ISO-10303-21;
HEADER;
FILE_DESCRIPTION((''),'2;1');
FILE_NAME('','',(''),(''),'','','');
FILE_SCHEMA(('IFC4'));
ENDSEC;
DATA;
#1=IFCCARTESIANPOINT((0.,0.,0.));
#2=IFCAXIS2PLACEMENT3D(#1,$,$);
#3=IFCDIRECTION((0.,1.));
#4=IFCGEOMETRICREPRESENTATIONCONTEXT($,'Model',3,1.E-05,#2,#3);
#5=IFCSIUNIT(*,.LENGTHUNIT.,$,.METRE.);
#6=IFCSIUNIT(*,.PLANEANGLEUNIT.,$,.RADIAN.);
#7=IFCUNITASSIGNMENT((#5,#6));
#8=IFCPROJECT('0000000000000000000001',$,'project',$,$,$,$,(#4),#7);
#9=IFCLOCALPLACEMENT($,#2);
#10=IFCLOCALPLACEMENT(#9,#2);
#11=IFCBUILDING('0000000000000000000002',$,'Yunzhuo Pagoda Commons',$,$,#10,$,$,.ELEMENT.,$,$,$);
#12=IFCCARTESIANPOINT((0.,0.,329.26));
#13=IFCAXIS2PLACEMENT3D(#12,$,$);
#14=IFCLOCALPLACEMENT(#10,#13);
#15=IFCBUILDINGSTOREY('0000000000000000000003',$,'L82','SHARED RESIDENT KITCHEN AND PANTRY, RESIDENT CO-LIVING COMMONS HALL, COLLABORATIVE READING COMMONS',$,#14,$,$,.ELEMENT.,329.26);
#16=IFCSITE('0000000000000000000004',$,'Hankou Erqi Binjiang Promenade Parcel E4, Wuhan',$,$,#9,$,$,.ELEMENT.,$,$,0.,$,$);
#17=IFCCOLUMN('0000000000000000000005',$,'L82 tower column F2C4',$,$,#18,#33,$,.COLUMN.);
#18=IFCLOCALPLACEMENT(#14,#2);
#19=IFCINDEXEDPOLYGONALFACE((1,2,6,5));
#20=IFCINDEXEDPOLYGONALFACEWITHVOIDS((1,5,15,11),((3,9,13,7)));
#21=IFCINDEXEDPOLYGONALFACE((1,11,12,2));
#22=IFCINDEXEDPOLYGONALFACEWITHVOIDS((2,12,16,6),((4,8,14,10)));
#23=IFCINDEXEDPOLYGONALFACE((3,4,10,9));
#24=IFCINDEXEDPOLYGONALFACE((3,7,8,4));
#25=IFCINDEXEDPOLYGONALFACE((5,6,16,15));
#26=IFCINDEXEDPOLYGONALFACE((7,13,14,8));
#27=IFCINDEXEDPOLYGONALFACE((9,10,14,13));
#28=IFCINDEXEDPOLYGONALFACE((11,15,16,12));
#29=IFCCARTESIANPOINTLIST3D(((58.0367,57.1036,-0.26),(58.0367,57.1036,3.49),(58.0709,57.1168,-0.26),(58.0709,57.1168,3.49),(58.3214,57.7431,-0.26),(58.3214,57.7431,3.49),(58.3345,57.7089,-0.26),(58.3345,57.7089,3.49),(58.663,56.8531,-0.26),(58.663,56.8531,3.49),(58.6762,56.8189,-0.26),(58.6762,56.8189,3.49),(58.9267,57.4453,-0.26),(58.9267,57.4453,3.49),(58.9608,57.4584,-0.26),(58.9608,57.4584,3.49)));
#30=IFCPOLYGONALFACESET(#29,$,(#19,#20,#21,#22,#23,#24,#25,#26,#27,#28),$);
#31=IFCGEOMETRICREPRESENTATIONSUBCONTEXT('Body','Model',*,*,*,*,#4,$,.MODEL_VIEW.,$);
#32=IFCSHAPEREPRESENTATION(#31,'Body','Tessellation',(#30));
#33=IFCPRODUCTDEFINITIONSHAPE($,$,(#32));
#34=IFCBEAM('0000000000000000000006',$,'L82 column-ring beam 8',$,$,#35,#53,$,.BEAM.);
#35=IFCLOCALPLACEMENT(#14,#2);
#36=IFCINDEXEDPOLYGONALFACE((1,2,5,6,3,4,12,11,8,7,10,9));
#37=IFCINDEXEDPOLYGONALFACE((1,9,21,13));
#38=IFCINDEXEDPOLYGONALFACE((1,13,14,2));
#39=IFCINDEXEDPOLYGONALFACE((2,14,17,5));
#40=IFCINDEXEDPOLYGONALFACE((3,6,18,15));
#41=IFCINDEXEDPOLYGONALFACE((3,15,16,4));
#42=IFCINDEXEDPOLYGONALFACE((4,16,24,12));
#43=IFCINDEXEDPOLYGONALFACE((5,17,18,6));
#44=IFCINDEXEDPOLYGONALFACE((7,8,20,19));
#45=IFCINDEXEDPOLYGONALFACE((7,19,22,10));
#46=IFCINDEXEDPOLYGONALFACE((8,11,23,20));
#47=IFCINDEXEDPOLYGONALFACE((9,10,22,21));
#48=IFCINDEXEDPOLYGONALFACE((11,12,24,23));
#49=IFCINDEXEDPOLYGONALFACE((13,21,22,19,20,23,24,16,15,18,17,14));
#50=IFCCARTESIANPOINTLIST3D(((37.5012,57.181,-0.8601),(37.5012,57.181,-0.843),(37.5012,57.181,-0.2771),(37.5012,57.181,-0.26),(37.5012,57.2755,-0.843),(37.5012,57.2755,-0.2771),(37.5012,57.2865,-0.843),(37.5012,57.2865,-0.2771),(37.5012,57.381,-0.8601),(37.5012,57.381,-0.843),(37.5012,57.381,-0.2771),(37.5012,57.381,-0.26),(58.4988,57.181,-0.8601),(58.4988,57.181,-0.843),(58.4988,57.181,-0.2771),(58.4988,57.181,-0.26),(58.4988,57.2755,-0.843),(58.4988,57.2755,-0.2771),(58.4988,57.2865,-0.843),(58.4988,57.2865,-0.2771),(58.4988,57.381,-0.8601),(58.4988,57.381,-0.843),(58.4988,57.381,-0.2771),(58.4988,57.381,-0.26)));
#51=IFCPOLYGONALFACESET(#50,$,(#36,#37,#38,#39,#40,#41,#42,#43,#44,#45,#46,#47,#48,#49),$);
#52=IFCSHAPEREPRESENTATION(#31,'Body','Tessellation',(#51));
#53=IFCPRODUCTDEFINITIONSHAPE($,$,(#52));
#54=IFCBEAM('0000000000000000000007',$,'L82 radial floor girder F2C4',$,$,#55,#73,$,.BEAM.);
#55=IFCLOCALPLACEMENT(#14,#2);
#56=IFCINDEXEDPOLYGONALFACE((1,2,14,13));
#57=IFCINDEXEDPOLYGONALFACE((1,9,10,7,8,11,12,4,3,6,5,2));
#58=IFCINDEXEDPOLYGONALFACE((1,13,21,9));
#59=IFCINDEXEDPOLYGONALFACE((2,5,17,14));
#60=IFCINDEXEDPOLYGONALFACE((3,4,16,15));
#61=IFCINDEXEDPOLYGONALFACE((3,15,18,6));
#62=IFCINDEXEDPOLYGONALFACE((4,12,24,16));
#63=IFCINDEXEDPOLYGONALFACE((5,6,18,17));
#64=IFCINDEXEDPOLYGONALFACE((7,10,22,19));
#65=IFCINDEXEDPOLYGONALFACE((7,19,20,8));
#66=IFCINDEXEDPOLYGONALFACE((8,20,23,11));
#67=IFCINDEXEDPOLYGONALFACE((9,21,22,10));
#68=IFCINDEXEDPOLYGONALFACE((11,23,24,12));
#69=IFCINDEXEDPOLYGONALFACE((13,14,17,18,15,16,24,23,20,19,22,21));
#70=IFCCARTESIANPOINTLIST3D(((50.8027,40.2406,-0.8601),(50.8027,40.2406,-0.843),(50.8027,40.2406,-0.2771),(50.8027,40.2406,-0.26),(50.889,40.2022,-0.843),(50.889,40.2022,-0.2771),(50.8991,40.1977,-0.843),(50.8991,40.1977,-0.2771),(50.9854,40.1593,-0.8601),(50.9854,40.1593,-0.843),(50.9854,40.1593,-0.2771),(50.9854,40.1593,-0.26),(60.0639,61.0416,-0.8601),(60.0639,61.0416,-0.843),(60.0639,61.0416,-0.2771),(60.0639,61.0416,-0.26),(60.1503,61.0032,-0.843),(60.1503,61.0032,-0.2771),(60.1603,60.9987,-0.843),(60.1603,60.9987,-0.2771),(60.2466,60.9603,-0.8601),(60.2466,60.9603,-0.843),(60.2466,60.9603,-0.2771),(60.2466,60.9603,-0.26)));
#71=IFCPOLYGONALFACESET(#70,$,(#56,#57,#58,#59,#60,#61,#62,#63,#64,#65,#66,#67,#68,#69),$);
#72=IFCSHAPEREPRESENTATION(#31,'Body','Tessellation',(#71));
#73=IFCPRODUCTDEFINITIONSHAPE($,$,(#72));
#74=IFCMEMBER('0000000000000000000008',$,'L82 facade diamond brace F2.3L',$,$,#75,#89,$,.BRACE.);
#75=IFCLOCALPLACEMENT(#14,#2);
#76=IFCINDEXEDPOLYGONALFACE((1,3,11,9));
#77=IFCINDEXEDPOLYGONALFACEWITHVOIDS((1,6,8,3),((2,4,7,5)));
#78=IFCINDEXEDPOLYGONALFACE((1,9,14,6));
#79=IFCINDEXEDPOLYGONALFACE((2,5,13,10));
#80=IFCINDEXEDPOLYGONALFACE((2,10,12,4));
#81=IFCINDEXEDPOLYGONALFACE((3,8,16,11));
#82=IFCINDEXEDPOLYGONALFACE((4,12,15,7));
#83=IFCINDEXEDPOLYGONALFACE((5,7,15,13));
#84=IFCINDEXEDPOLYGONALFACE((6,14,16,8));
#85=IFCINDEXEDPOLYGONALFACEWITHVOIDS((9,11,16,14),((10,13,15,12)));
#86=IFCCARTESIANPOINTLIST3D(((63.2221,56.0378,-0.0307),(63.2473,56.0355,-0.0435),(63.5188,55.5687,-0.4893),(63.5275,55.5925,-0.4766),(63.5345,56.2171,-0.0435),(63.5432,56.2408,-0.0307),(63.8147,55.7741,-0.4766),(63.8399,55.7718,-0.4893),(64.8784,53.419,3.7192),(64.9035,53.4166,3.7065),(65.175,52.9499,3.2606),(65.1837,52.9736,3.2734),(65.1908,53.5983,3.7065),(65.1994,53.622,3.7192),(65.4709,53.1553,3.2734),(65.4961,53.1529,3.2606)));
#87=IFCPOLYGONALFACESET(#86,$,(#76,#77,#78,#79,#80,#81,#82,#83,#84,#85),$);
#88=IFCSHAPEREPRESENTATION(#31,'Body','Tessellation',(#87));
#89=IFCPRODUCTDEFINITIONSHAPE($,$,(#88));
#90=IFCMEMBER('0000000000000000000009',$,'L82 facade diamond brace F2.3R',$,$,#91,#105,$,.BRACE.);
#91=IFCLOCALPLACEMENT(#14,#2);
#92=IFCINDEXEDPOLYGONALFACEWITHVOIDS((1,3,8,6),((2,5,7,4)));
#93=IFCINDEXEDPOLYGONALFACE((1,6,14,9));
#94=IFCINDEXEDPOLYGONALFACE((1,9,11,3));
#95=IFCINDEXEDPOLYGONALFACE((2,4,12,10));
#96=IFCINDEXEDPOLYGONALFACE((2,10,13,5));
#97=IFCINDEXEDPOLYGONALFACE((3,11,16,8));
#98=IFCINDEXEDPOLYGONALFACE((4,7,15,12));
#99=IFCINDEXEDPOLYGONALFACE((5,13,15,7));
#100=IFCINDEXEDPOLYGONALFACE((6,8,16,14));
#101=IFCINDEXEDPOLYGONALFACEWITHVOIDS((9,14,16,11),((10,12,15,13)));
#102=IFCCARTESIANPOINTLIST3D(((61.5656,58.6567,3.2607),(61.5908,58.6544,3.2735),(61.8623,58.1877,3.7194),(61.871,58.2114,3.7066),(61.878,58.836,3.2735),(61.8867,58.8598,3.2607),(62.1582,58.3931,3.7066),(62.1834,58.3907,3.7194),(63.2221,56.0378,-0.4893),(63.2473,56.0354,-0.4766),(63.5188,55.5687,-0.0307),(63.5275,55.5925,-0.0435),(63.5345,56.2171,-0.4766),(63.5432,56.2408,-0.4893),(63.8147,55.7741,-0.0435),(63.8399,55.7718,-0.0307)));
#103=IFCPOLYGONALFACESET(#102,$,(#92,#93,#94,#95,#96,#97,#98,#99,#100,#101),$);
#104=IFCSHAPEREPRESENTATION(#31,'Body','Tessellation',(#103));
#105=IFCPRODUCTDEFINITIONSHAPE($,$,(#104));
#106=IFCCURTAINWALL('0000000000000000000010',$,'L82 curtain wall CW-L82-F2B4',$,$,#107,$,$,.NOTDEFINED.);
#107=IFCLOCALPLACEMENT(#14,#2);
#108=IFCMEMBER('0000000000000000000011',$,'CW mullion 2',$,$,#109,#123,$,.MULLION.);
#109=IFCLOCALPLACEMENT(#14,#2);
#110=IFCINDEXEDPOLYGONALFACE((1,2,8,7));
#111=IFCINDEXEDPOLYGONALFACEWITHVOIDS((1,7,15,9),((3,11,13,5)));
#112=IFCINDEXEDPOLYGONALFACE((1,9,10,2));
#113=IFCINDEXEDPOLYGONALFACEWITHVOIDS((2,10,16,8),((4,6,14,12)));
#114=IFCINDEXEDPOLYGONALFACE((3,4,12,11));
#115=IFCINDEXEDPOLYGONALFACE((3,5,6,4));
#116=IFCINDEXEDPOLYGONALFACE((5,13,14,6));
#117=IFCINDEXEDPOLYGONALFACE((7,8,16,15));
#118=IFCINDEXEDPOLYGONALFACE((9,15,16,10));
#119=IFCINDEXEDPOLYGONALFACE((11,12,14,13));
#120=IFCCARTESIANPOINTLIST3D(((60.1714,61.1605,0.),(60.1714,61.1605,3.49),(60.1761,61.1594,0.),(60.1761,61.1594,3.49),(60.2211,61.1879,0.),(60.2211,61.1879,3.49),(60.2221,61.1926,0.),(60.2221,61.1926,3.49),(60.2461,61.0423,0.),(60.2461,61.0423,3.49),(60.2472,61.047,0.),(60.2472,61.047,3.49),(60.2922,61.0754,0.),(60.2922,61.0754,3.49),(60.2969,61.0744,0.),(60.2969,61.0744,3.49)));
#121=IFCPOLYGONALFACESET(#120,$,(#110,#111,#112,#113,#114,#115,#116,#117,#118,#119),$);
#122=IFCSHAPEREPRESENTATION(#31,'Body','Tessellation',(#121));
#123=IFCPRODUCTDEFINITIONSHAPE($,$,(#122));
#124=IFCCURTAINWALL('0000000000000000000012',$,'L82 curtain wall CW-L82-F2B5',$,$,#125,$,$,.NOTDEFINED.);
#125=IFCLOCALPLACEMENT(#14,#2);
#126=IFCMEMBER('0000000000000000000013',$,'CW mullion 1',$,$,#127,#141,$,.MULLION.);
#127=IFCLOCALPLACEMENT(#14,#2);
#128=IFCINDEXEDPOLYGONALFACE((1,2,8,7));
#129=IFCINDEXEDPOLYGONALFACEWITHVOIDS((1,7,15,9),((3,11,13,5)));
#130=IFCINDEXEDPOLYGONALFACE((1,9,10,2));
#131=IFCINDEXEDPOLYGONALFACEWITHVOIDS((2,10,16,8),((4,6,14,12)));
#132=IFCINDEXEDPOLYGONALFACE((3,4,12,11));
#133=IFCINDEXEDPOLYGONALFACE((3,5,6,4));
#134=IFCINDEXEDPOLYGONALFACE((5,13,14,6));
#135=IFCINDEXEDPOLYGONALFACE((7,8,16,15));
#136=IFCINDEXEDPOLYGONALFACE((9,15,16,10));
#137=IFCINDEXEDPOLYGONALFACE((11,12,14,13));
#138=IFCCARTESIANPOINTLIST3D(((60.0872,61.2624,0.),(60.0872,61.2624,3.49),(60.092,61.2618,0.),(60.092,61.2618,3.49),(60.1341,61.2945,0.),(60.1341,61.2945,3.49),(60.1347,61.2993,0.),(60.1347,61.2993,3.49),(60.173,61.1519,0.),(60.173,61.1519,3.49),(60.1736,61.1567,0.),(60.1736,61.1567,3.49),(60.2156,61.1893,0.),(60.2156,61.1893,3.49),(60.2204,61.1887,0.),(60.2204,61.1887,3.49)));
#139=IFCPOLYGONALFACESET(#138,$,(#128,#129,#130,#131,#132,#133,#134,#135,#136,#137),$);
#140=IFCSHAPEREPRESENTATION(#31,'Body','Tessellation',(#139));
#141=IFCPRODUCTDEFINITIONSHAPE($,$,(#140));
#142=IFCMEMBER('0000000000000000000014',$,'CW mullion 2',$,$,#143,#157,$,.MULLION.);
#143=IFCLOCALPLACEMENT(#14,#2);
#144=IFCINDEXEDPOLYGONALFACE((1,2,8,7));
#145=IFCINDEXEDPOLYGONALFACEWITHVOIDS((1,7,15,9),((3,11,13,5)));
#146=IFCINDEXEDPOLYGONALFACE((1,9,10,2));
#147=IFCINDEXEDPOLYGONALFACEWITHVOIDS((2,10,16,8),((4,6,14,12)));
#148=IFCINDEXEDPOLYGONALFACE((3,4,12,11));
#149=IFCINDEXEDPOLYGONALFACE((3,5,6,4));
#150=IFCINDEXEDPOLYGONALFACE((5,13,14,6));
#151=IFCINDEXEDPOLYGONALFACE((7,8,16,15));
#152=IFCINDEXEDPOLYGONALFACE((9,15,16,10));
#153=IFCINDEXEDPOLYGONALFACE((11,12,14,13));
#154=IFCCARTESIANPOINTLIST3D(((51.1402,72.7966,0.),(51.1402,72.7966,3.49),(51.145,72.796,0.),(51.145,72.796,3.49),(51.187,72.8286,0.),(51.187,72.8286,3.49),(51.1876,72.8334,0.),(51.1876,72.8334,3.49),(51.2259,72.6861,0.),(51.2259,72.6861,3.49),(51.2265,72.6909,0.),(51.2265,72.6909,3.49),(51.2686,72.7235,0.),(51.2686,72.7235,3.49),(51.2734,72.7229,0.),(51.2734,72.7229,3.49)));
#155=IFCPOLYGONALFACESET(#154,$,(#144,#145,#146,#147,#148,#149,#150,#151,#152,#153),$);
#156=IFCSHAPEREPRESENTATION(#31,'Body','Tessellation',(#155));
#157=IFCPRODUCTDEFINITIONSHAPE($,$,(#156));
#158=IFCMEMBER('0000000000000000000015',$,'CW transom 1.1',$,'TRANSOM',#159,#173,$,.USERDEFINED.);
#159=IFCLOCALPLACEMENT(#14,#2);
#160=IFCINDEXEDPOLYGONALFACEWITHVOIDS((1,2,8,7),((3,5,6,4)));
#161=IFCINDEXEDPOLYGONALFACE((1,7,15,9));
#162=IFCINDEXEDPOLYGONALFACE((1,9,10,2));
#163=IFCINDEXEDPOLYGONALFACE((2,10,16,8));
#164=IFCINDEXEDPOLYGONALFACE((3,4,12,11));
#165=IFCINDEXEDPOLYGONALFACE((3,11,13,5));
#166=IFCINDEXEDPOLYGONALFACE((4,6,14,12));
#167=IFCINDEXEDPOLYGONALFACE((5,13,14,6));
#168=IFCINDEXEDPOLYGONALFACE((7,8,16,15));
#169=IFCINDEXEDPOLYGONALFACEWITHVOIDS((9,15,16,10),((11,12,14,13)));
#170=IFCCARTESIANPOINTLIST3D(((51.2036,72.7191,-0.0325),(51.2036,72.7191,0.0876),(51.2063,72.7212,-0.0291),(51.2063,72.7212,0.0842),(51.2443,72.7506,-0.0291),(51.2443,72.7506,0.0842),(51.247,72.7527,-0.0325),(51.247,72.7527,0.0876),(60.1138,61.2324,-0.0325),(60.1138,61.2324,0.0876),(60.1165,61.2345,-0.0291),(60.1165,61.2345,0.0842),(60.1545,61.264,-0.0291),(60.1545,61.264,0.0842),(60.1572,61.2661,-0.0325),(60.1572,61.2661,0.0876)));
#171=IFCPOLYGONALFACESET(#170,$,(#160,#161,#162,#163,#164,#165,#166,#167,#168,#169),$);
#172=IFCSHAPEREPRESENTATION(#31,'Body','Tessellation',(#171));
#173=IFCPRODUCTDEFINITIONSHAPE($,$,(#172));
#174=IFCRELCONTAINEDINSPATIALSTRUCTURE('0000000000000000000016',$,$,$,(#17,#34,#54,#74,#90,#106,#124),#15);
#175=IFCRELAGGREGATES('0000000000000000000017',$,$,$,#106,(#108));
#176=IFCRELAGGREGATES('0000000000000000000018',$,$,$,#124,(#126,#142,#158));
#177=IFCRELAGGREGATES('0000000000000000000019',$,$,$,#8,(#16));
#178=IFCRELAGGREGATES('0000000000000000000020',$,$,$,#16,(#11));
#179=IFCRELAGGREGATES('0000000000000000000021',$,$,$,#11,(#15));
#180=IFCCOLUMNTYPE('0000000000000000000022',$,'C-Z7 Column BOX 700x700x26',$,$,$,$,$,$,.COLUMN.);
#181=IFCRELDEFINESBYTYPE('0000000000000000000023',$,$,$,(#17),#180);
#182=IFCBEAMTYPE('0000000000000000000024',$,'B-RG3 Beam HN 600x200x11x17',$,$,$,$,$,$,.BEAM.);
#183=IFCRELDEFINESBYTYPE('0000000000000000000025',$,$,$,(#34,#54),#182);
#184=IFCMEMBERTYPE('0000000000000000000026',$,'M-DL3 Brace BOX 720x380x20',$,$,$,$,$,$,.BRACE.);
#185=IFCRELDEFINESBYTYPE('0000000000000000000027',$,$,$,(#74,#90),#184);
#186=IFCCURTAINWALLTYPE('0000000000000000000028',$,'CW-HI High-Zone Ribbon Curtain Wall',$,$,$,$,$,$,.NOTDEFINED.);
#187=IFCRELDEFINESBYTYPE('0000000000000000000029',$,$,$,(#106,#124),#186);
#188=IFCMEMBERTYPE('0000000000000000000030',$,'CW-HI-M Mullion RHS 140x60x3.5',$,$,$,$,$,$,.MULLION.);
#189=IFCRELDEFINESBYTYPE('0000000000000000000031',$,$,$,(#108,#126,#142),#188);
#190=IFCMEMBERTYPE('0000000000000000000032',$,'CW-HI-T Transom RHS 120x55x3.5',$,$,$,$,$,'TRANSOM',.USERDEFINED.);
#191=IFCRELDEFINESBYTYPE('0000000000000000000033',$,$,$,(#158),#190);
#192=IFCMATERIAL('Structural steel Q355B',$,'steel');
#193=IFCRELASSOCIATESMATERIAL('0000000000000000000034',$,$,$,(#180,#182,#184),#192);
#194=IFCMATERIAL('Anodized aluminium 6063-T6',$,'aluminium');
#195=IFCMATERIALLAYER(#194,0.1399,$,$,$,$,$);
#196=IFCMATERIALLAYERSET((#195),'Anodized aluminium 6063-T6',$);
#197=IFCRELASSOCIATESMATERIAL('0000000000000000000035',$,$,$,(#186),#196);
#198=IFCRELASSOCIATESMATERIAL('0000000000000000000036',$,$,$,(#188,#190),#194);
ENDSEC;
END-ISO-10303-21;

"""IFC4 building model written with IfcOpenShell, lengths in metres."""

from ifc_helpers import new_model, si_unit, direction, frame, origin, origin_2d, place, context, subcontext, project, spatial, hollow_rectangle, i_section, extrude, source, transform, mapped, material, layer, layer_set, material_profile, profile_set, type_object, element, aggregate, save


model = new_model("IFC4")

# Units and contexts
model_context = context("Model", 3, precision=1e-05, world=origin(), true_north=direction((0.0, 1.0)))
body_context = subcontext(model_context, "Body", "Model", "MODEL_VIEW")
ifc_project = project(units=[si_unit("LENGTHUNIT", "METRE"), si_unit("PLANEANGLEUNIT", "RADIAN")], contexts=[model_context])

# Site, building, storey
site_placement = place(None, origin())
site = spatial("IfcSite", under=ifc_project, at=site_placement, Name="Hankou Erqi Binjiang Promenade Parcel E4, Wuhan", CompositionType="ELEMENT", RefElevation=0.0)
building_placement = place(site_placement, origin())
building = spatial("IfcBuilding", under=site, at=building_placement, Name="Yunzhuo Pagoda Commons", CompositionType="ELEMENT")
storey_placement = place(building_placement, frame((0.0, 0.0, 329.26)))
storey = spatial("IfcBuildingStorey", under=building, at=storey_placement, Name="L82", Description="SHARED RESIDENT KITCHEN AND PANTRY, RESIDENT CO-LIVING COMMONS HALL, COLLABORATIVE READING COMMONS", CompositionType="ELEMENT", Elevation=329.26)

# Column
ifc_material_1 = material(Name="Structural steel Q355B", Category="steel")
ifc_material_profile_1 = material_profile(ifc_material_1, hollow_rectangle(XDim=0.7, YDim=0.7, WallThickness=0.0259, at=origin_2d()), Name="Structural steel Q355B")
ifc_profile_set_1 = profile_set([ifc_material_profile_1], Name="Structural steel Q355B")
column_type = type_object("IfcColumnType", Name="C-Z7 Column BOX 700x700x26", PredefinedType="COLUMN", material=ifc_profile_set_1)
shared_shape_1 = source(origin(), body_context, "Body", "SweptSolid", [
    extrude(hollow_rectangle(XDim=0.7, YDim=0.7, WallThickness=0.0259, at=origin_2d()), origin(), (0.0, 0.0, 1.0), 3.75),
])
column_placement = place(storey_placement, frame((58.4988, 57.281, -0.26), z_axis=(0.0, 0.0, 1.0), x_axis=(-0.913545, 0.406737, 0.0)))
element("IfcColumn", 1, at=column_placement, inside=storey, type_object=column_type, Name="L82 tower column F2C4", PredefinedType="COLUMN", context=body_context, shape_type="MappedRepresentation", body=[
    mapped(shared_shape_1, transform((0.0, 0.0, 0.0), scale=1.0)),
])

# Beams
ifc_material_profile_2 = material_profile(ifc_material_1, i_section(OverallWidth=0.2, OverallDepth=0.6001, WebThickness=0.011, FlangeThickness=0.0171, at=origin_2d()), Name="Structural steel Q355B")
ifc_profile_set_2 = profile_set([ifc_material_profile_2], Name="Structural steel Q355B")
beam_type = type_object("IfcBeamType", Name="B-RG3 Beam HN 600x200x11x17", PredefinedType="BEAM", material=ifc_profile_set_2)
shared_shape_2 = source(origin(), body_context, "Body", "SweptSolid", [
    extrude(i_section(OverallWidth=0.2, OverallDepth=0.6001, WebThickness=0.011, FlangeThickness=0.0171, at=origin_2d()), origin(), (0.0, 0.0, 1.0), 20.9976),
])
beam_1_placement = place(storey_placement, frame((58.4988, 57.281, -0.5601), z_axis=(-1.0, 0.0, 0.0), x_axis=(0.0, -1.0, 0.0)))
element("IfcBeam", 2, at=beam_1_placement, inside=storey, type_object=beam_type, Name="L82 column-ring beam 8", PredefinedType="BEAM", context=body_context, shape_type="MappedRepresentation", body=[
    mapped(shared_shape_2, transform((0.0, 0.0, 0.0), scale=1.0)),
])
shared_shape_3 = source(origin(), body_context, "Body", "SweptSolid", [
    extrude(i_section(OverallWidth=0.2, OverallDepth=0.6001, WebThickness=0.011, FlangeThickness=0.0171, at=origin_2d()), origin(), (0.0, 0.0, 1.0), 22.7695),
])
beam_2_placement = place(storey_placement, frame((60.1553, 61.001, -0.5601), z_axis=(-0.406737, -0.913545, 0.0), x_axis=(0.913545, -0.406737, 0.0)))
element("IfcBeam", 3, at=beam_2_placement, inside=storey, type_object=beam_type, Name="L82 radial floor girder F2C4", PredefinedType="BEAM", context=body_context, shape_type="MappedRepresentation", body=[
    mapped(shared_shape_3, transform((0.0, 0.0, 0.0), scale=1.0)),
])

# Members
ifc_material_profile_3 = material_profile(ifc_material_1, hollow_rectangle(XDim=0.3799, YDim=0.72, WallThickness=0.02, at=origin_2d()), Name="Structural steel Q355B")
ifc_profile_set_3 = profile_set([ifc_material_profile_3], Name="Structural steel Q355B")
member_type_1 = type_object("IfcMemberType", Name="M-DL3 Brace BOX 720x380x20", PredefinedType="BRACE", material=ifc_profile_set_3)
shared_shape_4 = source(origin(), body_context, "Body", "SweptSolid", [
    extrude(hollow_rectangle(XDim=0.3799, YDim=0.72, WallThickness=0.02, at=origin_2d()), origin(), (0.0, 0.0, 1.0), 4.8645),
])
member_1_placement = place(storey_placement, frame((63.531, 55.9048, -0.26), z_axis=(0.34047, -0.538359, 0.770876), x_axis=(0.845167, 0.534503, 0.0)))
element("IfcMember", 4, at=member_1_placement, inside=storey, type_object=member_type_1, Name="L82 facade diamond brace F2.3L", PredefinedType="BRACE", context=body_context, shape_type="MappedRepresentation", body=[
    mapped(shared_shape_4, transform((0.0, 0.0, 0.0), scale=1.0)),
])
shared_shape_5 = source(origin(), body_context, "Body", "SweptSolid", [
    extrude(hollow_rectangle(XDim=0.3799, YDim=0.72, WallThickness=0.02, at=origin_2d()), origin(), (0.0, 0.0, 1.0), 4.8647),
])
member_2_placement = place(storey_placement, frame((63.531, 55.9048, -0.26), z_axis=(-0.340515, 0.538349, 0.770863), x_axis=(-0.845131, -0.534559, 0.0)))
element("IfcMember", 5, at=member_2_placement, inside=storey, type_object=member_type_1, Name="L82 facade diamond brace F2.3R", PredefinedType="BRACE", context=body_context, shape_type="MappedRepresentation", body=[
    mapped(shared_shape_5, transform((0.0, 0.0, 0.0), scale=1.0)),
])

# Curtain wall, member
ifc_material_2 = material(Name="Anodized aluminium 6063-T6", Category="aluminium")
ifc_layer_1 = layer(ifc_material_2, 0.1399)
ifc_layer_set_1 = layer_set([ifc_layer_1], Name="Anodized aluminium 6063-T6")
curtain_wall_type = type_object("IfcCurtainWallType", Name="CW-HI High-Zone Ribbon Curtain Wall", PredefinedType="NOTDEFINED", material=ifc_layer_set_1)
curtain_wall_1_placement = place(storey_placement, origin())
curtain_wall_1 = element("IfcCurtainWall", 6, at=curtain_wall_1_placement, inside=storey, type_object=curtain_wall_type, Name="L82 curtain wall CW-L82-F2B4", PredefinedType="NOTDEFINED")
ifc_material_profile_4 = material_profile(ifc_material_2, hollow_rectangle(XDim=0.0601, YDim=0.1399, WallThickness=0.0034, at=origin_2d()), Name="Anodized aluminium 6063-T6")
ifc_profile_set_4 = profile_set([ifc_material_profile_4], Name="Anodized aluminium 6063-T6")
member_type_2 = type_object("IfcMemberType", Name="CW-HI-M Mullion RHS 140x60x3.5", PredefinedType="MULLION", material=ifc_profile_set_4)
shared_shape_6 = source(origin(), body_context, "Body", "SweptSolid", [
    extrude(hollow_rectangle(XDim=0.0601, YDim=0.1399, WallThickness=0.0034, at=origin_2d()), origin(), (0.0, 0.0, 1.0), 3.49),
])
member_3_placement = place(storey_placement, frame((60.2341, 61.1174, 0.0), z_axis=(0.0, 0.0, 1.0), x_axis=(-0.845149, -0.534531, 0.0)))
member_3 = element("IfcMember", 7, at=member_3_placement, type_object=member_type_2, Name="CW mullion 2", PredefinedType="MULLION", context=body_context, shape_type="MappedRepresentation", body=[
    mapped(shared_shape_6, transform((0.0, 0.0, 0.0), scale=1.0)),
])

# Curtain wall, members
curtain_wall_2_placement = place(storey_placement, origin())
curtain_wall_2 = element("IfcCurtainWall", 8, at=curtain_wall_2_placement, inside=storey, type_object=curtain_wall_type, Name="L82 curtain wall CW-L82-F2B5", PredefinedType="NOTDEFINED")
member_4_placement = place(storey_placement, frame((60.1538, 61.2256, 0.0), z_axis=(0.0, 0.0, 1.0), x_axis=(-0.790147, -0.612918, 0.0)))
member_4 = element("IfcMember", 9, at=member_4_placement, type_object=member_type_2, Name="CW mullion 1", PredefinedType="MULLION", context=body_context, shape_type="MappedRepresentation", body=[
    mapped(shared_shape_6, transform((0.0, 0.0, 0.0), scale=1.0)),
])
member_5_placement = place(storey_placement, frame((51.2068, 72.7598, 0.0), z_axis=(0.0, 0.0, 1.0), x_axis=(-0.790147, -0.612918, 0.0)))
member_5 = element("IfcMember", 10, at=member_5_placement, type_object=member_type_2, Name="CW mullion 2", PredefinedType="MULLION", context=body_context, shape_type="MappedRepresentation", body=[
    mapped(shared_shape_6, transform((0.0, 0.0, 0.0), scale=1.0)),
])
ifc_material_profile_5 = material_profile(ifc_material_2, hollow_rectangle(XDim=0.0549, YDim=0.1201, WallThickness=0.0034, at=origin_2d()), Name="Anodized aluminium 6063-T6")
ifc_profile_set_5 = profile_set([ifc_material_profile_5], Name="Anodized aluminium 6063-T6")
member_type_3 = type_object("IfcMemberType", Name="CW-HI-T Transom RHS 120x55x3.5", ElementType="TRANSOM", PredefinedType="USERDEFINED", material=ifc_profile_set_5)
shared_shape_7 = source(origin(), body_context, "Body", "SweptSolid", [
    extrude(hollow_rectangle(XDim=0.0549, YDim=0.1201, WallThickness=0.0034, at=origin_2d()), origin(), (0.0, 0.0, 1.0), 14.5374),
])
member_6_placement = place(storey_placement, frame((60.1355, 61.2493, 0.0276), z_axis=(-0.612918, 0.790146, 0.0), x_axis=(-0.790146, -0.612918, 0.0)))
member_6 = element("IfcMember", 11, at=member_6_placement, type_object=member_type_3, Name="CW transom 1.1", ObjectType="TRANSOM", PredefinedType="USERDEFINED", context=body_context, shape_type="MappedRepresentation", body=[
    mapped(shared_shape_7, transform((0.0, 0.0, 0.0), scale=1.0)),
])

aggregate(curtain_wall_1, [member_3])

aggregate(curtain_wall_2, [member_4, member_5, member_6])

save(model, "model.ifc")
